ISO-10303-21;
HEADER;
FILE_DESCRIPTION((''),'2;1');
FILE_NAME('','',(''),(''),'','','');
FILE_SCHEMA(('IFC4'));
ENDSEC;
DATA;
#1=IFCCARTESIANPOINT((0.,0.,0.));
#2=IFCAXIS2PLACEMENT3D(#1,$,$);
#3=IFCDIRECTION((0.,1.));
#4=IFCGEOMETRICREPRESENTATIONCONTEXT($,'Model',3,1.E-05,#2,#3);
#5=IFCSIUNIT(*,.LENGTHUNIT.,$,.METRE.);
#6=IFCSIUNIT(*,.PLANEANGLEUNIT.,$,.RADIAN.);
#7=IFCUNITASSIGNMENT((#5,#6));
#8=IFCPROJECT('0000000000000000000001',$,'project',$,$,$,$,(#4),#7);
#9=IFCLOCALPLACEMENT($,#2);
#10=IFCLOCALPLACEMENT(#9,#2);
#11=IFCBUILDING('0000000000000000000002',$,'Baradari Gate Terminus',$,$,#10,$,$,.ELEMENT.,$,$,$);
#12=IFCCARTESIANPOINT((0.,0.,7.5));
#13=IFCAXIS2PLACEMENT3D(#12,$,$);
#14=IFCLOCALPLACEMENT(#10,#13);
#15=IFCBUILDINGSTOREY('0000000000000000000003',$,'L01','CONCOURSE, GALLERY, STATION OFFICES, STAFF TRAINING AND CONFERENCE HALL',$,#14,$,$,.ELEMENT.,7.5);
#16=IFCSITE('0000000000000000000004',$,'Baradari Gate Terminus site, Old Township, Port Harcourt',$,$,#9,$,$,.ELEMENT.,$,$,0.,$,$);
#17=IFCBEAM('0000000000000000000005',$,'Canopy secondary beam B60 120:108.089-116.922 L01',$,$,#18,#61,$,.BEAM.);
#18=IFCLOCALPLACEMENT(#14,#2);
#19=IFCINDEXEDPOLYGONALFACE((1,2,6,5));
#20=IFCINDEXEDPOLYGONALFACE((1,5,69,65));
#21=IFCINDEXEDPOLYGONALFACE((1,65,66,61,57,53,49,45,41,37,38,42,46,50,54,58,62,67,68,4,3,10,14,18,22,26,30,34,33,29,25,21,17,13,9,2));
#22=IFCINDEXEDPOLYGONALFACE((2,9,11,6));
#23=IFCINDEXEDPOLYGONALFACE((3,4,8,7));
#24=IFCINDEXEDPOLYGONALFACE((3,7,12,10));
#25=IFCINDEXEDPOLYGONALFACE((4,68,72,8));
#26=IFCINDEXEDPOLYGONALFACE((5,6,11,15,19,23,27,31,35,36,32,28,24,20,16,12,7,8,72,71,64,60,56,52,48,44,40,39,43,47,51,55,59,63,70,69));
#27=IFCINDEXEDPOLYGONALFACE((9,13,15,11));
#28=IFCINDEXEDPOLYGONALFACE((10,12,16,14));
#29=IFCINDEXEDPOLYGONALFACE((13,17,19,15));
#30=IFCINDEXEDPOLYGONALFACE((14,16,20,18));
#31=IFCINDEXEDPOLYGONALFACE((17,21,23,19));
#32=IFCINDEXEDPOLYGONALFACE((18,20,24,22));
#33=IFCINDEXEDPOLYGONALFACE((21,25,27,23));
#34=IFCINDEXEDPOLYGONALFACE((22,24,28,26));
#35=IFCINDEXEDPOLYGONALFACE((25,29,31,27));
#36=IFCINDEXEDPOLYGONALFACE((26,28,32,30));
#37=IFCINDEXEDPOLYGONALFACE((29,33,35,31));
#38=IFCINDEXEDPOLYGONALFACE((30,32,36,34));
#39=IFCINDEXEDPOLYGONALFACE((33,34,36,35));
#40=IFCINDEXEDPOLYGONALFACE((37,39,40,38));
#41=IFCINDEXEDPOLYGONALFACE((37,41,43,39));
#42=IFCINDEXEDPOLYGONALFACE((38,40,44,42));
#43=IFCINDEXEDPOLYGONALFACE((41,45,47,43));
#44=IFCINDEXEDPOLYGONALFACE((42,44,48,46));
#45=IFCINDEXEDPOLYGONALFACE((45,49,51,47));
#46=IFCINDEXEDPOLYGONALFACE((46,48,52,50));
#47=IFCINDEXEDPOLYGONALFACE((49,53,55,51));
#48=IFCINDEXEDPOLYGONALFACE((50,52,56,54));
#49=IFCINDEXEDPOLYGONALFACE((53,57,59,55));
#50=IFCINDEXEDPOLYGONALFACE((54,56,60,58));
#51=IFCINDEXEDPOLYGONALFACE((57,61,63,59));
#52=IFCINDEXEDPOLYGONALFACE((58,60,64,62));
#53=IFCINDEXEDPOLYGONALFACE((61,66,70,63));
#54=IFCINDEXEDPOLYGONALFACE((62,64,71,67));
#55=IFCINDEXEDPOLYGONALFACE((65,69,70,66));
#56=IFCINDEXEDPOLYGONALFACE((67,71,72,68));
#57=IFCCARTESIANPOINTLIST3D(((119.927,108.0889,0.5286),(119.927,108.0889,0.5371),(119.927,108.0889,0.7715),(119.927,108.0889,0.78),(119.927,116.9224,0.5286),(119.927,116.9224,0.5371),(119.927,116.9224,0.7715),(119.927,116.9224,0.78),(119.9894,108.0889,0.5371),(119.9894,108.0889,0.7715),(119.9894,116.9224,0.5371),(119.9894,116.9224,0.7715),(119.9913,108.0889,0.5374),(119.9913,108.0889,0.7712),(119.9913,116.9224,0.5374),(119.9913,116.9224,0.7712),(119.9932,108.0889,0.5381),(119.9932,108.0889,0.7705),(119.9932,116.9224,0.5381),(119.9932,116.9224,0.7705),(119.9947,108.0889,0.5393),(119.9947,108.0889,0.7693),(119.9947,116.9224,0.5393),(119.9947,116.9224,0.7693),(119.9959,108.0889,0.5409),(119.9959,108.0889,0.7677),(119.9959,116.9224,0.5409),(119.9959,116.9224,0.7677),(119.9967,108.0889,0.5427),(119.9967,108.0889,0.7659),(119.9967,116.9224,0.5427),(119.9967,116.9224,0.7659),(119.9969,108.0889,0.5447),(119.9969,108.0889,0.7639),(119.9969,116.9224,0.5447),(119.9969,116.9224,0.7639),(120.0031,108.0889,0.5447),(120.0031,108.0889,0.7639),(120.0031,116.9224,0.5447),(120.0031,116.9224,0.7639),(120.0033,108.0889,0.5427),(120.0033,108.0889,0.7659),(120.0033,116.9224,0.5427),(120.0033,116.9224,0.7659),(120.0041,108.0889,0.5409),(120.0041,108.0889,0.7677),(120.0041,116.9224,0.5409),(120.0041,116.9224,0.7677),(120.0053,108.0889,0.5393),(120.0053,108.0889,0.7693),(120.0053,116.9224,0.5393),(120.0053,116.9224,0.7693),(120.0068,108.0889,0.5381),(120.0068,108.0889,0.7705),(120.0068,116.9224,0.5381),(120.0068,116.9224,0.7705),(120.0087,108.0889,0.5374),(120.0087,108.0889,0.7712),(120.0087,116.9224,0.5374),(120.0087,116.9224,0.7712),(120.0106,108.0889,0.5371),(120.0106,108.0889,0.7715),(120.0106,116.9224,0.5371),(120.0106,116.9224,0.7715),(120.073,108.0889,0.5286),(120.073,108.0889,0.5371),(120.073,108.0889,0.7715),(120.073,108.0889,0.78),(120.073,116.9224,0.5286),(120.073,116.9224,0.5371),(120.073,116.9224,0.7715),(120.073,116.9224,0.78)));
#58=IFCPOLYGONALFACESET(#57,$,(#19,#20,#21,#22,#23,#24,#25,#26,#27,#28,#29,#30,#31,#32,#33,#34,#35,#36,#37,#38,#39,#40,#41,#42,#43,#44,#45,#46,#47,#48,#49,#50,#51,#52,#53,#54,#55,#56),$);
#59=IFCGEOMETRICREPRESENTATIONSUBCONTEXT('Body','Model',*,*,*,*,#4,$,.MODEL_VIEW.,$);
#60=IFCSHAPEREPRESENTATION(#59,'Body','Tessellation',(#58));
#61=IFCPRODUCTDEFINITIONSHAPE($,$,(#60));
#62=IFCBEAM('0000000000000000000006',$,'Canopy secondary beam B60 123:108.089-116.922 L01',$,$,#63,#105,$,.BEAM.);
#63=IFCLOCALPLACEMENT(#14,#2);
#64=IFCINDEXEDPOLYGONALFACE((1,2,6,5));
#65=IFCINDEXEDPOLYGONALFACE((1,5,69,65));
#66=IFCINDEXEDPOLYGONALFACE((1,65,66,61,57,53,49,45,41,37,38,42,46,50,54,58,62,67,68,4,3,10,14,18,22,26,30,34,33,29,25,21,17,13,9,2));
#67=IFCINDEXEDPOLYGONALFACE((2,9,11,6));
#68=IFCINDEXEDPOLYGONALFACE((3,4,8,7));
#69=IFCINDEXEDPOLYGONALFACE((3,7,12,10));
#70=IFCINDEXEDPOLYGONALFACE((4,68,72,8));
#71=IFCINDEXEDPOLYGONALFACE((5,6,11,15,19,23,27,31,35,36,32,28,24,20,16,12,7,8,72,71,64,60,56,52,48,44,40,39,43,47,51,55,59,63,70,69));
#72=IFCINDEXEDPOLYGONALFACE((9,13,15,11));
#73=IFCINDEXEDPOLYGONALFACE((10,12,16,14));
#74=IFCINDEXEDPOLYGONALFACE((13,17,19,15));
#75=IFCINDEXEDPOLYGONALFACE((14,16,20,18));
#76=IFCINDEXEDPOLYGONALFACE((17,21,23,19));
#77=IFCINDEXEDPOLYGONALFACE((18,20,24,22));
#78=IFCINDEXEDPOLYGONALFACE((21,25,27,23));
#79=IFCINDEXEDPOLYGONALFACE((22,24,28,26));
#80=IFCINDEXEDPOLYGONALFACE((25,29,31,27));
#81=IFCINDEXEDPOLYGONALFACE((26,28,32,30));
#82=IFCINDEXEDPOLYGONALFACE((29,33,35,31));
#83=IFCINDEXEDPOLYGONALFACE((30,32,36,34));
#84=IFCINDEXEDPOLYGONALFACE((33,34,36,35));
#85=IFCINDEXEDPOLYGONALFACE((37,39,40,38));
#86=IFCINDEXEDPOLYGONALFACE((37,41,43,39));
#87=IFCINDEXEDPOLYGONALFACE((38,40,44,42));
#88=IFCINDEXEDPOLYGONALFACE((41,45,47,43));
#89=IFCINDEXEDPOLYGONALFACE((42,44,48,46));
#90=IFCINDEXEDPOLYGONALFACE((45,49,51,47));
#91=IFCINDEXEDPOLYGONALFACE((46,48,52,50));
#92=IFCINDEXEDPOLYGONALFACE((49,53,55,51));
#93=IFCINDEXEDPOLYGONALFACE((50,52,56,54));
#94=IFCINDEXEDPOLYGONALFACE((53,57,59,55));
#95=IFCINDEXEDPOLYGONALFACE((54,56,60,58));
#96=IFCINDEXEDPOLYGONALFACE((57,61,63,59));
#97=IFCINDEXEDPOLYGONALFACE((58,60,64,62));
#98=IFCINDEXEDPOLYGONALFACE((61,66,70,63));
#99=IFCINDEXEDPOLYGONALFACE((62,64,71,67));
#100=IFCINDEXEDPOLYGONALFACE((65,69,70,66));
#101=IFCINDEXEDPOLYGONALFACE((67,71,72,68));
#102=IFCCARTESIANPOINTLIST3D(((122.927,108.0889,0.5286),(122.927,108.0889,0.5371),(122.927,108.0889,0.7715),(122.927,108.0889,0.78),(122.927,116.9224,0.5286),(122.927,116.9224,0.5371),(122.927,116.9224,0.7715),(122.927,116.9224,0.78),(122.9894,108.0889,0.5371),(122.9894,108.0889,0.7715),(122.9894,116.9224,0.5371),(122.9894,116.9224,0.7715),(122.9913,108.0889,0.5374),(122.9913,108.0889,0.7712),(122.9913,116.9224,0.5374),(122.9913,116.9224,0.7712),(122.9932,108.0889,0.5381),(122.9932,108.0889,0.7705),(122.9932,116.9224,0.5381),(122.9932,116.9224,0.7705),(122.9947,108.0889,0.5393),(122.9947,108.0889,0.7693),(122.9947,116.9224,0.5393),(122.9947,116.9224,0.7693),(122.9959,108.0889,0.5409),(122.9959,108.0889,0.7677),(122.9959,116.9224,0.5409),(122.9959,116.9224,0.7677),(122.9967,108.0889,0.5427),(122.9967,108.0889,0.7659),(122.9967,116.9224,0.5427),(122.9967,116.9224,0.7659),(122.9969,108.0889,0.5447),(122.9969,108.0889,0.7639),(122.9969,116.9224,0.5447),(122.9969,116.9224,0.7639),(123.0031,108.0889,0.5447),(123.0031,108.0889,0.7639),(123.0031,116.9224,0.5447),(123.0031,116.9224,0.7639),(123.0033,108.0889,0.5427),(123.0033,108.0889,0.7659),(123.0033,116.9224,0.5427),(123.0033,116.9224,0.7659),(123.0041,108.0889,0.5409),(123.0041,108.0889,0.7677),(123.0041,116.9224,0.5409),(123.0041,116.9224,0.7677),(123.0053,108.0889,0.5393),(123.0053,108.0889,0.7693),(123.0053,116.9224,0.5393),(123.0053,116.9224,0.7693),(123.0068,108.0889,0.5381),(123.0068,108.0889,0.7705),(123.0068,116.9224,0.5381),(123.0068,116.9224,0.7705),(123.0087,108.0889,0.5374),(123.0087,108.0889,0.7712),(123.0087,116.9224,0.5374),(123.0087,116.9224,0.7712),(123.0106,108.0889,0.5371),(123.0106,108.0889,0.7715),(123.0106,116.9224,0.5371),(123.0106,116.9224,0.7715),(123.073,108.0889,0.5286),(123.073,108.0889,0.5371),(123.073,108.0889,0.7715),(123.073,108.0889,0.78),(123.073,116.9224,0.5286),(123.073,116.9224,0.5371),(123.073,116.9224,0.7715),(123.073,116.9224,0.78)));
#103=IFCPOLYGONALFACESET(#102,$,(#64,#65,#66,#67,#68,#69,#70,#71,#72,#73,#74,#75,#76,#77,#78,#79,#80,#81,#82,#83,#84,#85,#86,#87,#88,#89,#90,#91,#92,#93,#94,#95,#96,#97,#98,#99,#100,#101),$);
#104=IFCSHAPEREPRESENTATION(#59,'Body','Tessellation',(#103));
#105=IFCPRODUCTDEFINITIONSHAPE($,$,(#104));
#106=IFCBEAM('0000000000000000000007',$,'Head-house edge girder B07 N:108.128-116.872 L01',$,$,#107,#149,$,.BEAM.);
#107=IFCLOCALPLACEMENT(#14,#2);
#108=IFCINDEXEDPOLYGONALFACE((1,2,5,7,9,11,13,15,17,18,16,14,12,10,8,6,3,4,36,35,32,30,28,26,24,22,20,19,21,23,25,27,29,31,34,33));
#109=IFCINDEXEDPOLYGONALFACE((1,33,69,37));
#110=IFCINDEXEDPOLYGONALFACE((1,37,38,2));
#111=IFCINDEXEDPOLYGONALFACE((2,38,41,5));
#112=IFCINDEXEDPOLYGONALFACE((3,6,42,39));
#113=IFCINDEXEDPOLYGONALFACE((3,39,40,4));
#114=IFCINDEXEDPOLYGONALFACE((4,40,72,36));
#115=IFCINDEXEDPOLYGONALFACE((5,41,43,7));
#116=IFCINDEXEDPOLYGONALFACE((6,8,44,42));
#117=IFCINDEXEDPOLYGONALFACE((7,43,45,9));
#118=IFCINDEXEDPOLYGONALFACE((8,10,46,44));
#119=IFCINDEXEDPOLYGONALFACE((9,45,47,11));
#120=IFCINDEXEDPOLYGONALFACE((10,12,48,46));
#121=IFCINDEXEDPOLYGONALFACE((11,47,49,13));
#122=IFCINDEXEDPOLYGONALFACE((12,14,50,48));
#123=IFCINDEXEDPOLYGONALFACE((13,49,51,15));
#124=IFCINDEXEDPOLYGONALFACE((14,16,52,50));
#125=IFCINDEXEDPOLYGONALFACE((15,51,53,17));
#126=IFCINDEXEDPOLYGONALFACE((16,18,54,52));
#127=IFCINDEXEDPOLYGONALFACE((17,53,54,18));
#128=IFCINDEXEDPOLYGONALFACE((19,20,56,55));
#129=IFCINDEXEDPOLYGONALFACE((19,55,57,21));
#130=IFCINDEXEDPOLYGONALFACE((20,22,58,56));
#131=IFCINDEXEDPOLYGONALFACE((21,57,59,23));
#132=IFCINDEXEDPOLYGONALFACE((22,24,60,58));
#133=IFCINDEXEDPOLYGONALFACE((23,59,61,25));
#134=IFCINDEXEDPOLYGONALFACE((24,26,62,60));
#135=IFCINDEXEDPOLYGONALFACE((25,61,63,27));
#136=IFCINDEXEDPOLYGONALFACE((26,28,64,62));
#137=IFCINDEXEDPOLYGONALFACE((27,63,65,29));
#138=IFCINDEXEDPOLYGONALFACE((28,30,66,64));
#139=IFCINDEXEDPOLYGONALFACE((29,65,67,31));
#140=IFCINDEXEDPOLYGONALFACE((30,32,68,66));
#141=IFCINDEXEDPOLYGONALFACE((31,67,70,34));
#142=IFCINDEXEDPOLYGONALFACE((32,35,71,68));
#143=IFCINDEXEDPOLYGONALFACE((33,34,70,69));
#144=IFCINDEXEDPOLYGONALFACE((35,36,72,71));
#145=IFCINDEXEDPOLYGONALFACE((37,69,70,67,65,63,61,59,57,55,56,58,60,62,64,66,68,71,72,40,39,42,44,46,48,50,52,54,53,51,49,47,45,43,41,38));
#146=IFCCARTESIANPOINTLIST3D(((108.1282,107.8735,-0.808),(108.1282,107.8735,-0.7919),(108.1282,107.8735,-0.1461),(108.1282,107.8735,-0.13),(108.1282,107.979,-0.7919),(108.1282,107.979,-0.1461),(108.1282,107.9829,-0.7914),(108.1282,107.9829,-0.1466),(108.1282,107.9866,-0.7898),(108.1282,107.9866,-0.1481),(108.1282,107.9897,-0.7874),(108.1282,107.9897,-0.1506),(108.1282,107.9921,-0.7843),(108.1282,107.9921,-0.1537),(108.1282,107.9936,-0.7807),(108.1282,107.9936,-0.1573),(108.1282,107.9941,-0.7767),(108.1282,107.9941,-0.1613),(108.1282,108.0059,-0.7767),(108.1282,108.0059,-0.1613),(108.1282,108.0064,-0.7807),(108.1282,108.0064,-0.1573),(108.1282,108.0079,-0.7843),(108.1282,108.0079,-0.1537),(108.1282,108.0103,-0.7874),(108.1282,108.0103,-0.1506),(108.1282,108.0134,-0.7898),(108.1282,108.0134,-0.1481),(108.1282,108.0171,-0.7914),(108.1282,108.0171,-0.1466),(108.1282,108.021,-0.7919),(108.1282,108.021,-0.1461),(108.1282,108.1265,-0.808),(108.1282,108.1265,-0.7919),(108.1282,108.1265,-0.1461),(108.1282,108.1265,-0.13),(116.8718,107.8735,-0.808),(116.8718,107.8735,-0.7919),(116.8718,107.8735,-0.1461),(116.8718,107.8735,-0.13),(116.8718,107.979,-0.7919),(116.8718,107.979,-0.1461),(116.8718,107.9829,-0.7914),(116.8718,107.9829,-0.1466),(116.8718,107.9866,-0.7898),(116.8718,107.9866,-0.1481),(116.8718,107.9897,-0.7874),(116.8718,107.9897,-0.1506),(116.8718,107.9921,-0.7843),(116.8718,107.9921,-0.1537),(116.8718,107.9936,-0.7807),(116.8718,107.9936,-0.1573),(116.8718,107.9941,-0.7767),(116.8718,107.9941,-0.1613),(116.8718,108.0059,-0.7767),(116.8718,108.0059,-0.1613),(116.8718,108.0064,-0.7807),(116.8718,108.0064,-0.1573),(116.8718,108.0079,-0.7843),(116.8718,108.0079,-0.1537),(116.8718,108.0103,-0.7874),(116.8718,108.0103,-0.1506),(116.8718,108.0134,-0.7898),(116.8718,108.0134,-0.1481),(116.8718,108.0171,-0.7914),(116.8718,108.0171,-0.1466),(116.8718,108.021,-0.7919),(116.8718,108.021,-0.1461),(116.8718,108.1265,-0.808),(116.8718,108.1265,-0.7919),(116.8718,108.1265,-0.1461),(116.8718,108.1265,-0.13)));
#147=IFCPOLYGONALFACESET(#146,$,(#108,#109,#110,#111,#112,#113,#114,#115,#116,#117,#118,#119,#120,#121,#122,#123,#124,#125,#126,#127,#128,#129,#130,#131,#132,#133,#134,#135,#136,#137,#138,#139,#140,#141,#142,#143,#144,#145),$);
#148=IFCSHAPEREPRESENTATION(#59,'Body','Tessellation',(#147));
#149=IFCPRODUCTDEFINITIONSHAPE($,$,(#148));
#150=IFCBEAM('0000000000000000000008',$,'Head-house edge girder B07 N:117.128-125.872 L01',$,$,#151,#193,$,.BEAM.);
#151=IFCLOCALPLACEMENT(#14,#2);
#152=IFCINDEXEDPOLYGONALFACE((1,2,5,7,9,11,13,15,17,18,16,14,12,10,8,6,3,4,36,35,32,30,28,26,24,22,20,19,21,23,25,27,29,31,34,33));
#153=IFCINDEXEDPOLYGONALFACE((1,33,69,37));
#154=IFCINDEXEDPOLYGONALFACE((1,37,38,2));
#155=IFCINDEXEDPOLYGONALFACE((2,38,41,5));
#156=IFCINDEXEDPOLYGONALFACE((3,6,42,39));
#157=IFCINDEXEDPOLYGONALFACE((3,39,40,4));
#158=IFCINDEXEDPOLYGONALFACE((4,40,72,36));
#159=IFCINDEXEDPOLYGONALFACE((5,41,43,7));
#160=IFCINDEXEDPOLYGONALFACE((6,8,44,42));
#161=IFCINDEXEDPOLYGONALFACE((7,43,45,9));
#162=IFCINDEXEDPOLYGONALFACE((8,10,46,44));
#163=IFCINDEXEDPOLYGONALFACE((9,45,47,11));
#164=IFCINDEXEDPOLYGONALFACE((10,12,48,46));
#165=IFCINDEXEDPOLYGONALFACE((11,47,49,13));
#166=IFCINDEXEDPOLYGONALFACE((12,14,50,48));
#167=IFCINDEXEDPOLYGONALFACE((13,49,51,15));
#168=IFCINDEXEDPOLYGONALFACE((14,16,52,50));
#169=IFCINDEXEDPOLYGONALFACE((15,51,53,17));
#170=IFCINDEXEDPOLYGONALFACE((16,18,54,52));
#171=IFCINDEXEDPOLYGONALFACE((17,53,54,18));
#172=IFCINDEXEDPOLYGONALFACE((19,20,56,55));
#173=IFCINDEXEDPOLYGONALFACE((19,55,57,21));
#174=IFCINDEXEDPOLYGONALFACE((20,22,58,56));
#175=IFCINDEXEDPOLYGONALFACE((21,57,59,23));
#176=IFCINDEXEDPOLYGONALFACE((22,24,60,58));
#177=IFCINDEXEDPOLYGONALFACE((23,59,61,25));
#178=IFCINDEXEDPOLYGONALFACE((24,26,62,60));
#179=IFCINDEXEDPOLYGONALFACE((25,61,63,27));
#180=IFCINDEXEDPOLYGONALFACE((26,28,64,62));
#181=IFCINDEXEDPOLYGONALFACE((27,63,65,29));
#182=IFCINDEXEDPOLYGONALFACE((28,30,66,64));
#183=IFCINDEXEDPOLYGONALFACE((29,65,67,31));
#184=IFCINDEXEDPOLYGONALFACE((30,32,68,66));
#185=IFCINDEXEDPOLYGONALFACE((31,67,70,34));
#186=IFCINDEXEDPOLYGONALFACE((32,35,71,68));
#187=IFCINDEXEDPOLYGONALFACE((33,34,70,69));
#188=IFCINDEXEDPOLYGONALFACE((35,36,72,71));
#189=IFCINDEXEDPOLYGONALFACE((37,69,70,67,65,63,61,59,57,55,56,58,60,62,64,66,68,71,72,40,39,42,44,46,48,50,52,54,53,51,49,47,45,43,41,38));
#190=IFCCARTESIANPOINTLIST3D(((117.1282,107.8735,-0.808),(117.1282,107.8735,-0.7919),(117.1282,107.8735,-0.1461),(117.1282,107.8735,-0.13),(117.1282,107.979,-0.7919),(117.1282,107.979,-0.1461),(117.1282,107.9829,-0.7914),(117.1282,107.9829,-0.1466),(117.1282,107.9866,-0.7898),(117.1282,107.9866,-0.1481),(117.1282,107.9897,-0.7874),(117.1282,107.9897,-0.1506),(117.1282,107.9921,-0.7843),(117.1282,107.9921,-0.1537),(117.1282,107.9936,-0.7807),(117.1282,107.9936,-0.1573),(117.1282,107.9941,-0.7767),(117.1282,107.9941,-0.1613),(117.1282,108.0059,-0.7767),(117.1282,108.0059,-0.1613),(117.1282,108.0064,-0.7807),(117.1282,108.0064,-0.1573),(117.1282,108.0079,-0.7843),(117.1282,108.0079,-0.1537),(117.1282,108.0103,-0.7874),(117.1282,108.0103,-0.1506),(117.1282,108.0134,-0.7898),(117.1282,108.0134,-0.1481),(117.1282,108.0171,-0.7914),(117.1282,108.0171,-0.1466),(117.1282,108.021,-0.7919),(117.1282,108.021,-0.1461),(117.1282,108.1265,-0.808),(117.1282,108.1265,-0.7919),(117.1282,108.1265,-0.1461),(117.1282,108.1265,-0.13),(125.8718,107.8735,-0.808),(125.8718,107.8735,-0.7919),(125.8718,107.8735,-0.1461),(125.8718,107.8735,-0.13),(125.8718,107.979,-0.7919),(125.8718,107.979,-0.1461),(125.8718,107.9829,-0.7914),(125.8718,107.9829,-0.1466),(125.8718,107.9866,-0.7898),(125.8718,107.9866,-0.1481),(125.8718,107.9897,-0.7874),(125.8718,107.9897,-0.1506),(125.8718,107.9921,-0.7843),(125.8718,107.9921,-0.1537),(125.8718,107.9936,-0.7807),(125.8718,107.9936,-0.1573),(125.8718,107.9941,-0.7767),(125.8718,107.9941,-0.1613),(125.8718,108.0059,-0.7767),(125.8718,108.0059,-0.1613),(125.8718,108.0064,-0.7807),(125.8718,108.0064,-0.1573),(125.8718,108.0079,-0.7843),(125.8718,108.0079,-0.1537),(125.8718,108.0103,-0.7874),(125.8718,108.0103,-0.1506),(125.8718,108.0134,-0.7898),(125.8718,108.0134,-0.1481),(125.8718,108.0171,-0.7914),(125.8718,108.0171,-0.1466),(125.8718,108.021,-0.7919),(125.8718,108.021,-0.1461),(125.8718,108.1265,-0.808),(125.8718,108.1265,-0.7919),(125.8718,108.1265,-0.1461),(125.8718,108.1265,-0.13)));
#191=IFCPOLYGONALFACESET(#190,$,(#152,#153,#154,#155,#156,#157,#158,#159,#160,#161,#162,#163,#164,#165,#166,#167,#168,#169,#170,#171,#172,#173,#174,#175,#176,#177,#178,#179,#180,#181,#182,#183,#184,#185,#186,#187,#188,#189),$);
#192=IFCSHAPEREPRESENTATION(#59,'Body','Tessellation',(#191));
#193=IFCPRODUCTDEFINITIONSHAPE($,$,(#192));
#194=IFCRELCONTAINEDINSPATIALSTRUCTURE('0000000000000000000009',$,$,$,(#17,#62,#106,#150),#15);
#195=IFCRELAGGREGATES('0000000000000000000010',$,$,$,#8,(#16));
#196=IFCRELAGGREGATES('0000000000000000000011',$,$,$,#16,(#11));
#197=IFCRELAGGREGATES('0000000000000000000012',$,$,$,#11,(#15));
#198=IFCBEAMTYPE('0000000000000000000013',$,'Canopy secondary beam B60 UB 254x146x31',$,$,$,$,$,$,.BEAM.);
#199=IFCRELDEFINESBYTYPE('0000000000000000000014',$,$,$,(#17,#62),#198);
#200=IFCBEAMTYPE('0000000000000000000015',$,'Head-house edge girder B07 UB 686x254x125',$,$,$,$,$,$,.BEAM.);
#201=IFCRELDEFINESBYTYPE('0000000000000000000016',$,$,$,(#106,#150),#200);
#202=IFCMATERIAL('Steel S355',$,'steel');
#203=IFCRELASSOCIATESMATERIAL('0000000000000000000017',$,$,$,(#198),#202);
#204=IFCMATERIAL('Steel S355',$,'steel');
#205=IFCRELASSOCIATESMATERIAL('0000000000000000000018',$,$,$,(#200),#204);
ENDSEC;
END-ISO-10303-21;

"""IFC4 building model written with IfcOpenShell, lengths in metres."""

from ifc_helpers import new_model, si_unit, direction, frame, origin, origin_2d, place, context, subcontext, project, spatial, i_section, extrude, material, material_profile, profile_set, type_object, element, save


model = new_model("IFC4")

# Units and contexts
model_context = context("Model", 3, precision=1e-05, world=origin(), true_north=direction((0.0, 1.0)))
body_context = subcontext(model_context, "Body", "Model", "MODEL_VIEW")
ifc_project = project(units=[si_unit("LENGTHUNIT", "METRE"), si_unit("PLANEANGLEUNIT", "RADIAN")], contexts=[model_context])

# Site, building, storey
site_placement = place(None, origin())
site = spatial("IfcSite", under=ifc_project, at=site_placement, Name="Baradari Gate Terminus site, Old Township, Port Harcourt", CompositionType="ELEMENT", RefElevation=0.0)
building_placement = place(site_placement, origin())
building = spatial("IfcBuilding", under=site, at=building_placement, Name="Baradari Gate Terminus", CompositionType="ELEMENT")
storey_placement = place(building_placement, frame((0.0, 0.0, 7.5)))
storey = spatial("IfcBuildingStorey", under=building, at=storey_placement, Name="L01", Description="CONCOURSE, GALLERY, STATION OFFICES, STAFF TRAINING AND CONFERENCE HALL", CompositionType="ELEMENT", Elevation=7.5)

# Beams
ifc_material_1 = material(Name="Steel S355", Category="steel")
ifc_material_profile_1 = material_profile(ifc_material_1, i_section(OverallWidth=0.146, OverallDepth=0.2515, WebThickness=0.0061, FlangeThickness=0.0085, FilletRadius=0.0076, at=origin_2d()), Name="UB 254x146x31")
ifc_profile_set_1 = profile_set([ifc_material_profile_1], Name="Steel S355")
beam_type_1 = type_object("IfcBeamType", Name="Canopy secondary beam B60 UB 254x146x31", PredefinedType="BEAM", material=ifc_profile_set_1)
for number, where, z_axis, x_axis, name in (
    (1, (120.0, 108.0889, 0.6543), (0.0, 1.0, 0.0), (-1.0, 0.0, 0.0), "Canopy secondary beam B60 120:108.089-116.922 L01"),
    (2, (123.0, 108.0889, 0.6543), (0.0, 1.0, 0.0), (-1.0, 0.0, 0.0), "Canopy secondary beam B60 123:108.089-116.922 L01"),
):
    element("IfcBeam", number, at=place(storey_placement, frame(where, z_axis=z_axis, x_axis=x_axis)), inside=storey, type_object=beam_type_1, Name=name, PredefinedType="BEAM", context=body_context, shape_type="SweptSolid", body=[
        extrude(i_section(OverallWidth=0.146, OverallDepth=0.2515, WebThickness=0.0061, FlangeThickness=0.0085, FilletRadius=0.0076, at=origin_2d()), origin(), (0.0, 0.0, 1.0), 8.8335),
    ])
ifc_material_2 = material(Name="Steel S355", Category="steel")
ifc_material_profile_2 = material_profile(ifc_material_2, i_section(OverallWidth=0.2529, OverallDepth=0.678, WebThickness=0.0117, FlangeThickness=0.0161, FilletRadius=0.0151, at=origin_2d()), Name="UB 686x254x125")
ifc_profile_set_2 = profile_set([ifc_material_profile_2], Name="Steel S355")
beam_type_2 = type_object("IfcBeamType", Name="Head-house edge girder B07 UB 686x254x125", PredefinedType="BEAM", material=ifc_profile_set_2)
for number, where, z_axis, x_axis, name in (
    (3, (108.1282, 108.0, -0.469), (1.0, 0.0, 0.0), (0.0, 1.0, 0.0), "Head-house edge girder B07 N:108.128-116.872 L01"),
    (4, (117.1282, 108.0, -0.469), (1.0, 0.0, 0.0), (0.0, 1.0, 0.0), "Head-house edge girder B07 N:117.128-125.872 L01"),
):
    element("IfcBeam", number, at=place(storey_placement, frame(where, z_axis=z_axis, x_axis=x_axis)), inside=storey, type_object=beam_type_2, Name=name, PredefinedType="BEAM", context=body_context, shape_type="SweptSolid", body=[
        extrude(i_section(OverallWidth=0.2529, OverallDepth=0.678, WebThickness=0.0117, FlangeThickness=0.0161, FilletRadius=0.0151, at=origin_2d()), origin(), (0.0, 0.0, 1.0), 8.7437),
    ])

save(model, "model.ifc")
